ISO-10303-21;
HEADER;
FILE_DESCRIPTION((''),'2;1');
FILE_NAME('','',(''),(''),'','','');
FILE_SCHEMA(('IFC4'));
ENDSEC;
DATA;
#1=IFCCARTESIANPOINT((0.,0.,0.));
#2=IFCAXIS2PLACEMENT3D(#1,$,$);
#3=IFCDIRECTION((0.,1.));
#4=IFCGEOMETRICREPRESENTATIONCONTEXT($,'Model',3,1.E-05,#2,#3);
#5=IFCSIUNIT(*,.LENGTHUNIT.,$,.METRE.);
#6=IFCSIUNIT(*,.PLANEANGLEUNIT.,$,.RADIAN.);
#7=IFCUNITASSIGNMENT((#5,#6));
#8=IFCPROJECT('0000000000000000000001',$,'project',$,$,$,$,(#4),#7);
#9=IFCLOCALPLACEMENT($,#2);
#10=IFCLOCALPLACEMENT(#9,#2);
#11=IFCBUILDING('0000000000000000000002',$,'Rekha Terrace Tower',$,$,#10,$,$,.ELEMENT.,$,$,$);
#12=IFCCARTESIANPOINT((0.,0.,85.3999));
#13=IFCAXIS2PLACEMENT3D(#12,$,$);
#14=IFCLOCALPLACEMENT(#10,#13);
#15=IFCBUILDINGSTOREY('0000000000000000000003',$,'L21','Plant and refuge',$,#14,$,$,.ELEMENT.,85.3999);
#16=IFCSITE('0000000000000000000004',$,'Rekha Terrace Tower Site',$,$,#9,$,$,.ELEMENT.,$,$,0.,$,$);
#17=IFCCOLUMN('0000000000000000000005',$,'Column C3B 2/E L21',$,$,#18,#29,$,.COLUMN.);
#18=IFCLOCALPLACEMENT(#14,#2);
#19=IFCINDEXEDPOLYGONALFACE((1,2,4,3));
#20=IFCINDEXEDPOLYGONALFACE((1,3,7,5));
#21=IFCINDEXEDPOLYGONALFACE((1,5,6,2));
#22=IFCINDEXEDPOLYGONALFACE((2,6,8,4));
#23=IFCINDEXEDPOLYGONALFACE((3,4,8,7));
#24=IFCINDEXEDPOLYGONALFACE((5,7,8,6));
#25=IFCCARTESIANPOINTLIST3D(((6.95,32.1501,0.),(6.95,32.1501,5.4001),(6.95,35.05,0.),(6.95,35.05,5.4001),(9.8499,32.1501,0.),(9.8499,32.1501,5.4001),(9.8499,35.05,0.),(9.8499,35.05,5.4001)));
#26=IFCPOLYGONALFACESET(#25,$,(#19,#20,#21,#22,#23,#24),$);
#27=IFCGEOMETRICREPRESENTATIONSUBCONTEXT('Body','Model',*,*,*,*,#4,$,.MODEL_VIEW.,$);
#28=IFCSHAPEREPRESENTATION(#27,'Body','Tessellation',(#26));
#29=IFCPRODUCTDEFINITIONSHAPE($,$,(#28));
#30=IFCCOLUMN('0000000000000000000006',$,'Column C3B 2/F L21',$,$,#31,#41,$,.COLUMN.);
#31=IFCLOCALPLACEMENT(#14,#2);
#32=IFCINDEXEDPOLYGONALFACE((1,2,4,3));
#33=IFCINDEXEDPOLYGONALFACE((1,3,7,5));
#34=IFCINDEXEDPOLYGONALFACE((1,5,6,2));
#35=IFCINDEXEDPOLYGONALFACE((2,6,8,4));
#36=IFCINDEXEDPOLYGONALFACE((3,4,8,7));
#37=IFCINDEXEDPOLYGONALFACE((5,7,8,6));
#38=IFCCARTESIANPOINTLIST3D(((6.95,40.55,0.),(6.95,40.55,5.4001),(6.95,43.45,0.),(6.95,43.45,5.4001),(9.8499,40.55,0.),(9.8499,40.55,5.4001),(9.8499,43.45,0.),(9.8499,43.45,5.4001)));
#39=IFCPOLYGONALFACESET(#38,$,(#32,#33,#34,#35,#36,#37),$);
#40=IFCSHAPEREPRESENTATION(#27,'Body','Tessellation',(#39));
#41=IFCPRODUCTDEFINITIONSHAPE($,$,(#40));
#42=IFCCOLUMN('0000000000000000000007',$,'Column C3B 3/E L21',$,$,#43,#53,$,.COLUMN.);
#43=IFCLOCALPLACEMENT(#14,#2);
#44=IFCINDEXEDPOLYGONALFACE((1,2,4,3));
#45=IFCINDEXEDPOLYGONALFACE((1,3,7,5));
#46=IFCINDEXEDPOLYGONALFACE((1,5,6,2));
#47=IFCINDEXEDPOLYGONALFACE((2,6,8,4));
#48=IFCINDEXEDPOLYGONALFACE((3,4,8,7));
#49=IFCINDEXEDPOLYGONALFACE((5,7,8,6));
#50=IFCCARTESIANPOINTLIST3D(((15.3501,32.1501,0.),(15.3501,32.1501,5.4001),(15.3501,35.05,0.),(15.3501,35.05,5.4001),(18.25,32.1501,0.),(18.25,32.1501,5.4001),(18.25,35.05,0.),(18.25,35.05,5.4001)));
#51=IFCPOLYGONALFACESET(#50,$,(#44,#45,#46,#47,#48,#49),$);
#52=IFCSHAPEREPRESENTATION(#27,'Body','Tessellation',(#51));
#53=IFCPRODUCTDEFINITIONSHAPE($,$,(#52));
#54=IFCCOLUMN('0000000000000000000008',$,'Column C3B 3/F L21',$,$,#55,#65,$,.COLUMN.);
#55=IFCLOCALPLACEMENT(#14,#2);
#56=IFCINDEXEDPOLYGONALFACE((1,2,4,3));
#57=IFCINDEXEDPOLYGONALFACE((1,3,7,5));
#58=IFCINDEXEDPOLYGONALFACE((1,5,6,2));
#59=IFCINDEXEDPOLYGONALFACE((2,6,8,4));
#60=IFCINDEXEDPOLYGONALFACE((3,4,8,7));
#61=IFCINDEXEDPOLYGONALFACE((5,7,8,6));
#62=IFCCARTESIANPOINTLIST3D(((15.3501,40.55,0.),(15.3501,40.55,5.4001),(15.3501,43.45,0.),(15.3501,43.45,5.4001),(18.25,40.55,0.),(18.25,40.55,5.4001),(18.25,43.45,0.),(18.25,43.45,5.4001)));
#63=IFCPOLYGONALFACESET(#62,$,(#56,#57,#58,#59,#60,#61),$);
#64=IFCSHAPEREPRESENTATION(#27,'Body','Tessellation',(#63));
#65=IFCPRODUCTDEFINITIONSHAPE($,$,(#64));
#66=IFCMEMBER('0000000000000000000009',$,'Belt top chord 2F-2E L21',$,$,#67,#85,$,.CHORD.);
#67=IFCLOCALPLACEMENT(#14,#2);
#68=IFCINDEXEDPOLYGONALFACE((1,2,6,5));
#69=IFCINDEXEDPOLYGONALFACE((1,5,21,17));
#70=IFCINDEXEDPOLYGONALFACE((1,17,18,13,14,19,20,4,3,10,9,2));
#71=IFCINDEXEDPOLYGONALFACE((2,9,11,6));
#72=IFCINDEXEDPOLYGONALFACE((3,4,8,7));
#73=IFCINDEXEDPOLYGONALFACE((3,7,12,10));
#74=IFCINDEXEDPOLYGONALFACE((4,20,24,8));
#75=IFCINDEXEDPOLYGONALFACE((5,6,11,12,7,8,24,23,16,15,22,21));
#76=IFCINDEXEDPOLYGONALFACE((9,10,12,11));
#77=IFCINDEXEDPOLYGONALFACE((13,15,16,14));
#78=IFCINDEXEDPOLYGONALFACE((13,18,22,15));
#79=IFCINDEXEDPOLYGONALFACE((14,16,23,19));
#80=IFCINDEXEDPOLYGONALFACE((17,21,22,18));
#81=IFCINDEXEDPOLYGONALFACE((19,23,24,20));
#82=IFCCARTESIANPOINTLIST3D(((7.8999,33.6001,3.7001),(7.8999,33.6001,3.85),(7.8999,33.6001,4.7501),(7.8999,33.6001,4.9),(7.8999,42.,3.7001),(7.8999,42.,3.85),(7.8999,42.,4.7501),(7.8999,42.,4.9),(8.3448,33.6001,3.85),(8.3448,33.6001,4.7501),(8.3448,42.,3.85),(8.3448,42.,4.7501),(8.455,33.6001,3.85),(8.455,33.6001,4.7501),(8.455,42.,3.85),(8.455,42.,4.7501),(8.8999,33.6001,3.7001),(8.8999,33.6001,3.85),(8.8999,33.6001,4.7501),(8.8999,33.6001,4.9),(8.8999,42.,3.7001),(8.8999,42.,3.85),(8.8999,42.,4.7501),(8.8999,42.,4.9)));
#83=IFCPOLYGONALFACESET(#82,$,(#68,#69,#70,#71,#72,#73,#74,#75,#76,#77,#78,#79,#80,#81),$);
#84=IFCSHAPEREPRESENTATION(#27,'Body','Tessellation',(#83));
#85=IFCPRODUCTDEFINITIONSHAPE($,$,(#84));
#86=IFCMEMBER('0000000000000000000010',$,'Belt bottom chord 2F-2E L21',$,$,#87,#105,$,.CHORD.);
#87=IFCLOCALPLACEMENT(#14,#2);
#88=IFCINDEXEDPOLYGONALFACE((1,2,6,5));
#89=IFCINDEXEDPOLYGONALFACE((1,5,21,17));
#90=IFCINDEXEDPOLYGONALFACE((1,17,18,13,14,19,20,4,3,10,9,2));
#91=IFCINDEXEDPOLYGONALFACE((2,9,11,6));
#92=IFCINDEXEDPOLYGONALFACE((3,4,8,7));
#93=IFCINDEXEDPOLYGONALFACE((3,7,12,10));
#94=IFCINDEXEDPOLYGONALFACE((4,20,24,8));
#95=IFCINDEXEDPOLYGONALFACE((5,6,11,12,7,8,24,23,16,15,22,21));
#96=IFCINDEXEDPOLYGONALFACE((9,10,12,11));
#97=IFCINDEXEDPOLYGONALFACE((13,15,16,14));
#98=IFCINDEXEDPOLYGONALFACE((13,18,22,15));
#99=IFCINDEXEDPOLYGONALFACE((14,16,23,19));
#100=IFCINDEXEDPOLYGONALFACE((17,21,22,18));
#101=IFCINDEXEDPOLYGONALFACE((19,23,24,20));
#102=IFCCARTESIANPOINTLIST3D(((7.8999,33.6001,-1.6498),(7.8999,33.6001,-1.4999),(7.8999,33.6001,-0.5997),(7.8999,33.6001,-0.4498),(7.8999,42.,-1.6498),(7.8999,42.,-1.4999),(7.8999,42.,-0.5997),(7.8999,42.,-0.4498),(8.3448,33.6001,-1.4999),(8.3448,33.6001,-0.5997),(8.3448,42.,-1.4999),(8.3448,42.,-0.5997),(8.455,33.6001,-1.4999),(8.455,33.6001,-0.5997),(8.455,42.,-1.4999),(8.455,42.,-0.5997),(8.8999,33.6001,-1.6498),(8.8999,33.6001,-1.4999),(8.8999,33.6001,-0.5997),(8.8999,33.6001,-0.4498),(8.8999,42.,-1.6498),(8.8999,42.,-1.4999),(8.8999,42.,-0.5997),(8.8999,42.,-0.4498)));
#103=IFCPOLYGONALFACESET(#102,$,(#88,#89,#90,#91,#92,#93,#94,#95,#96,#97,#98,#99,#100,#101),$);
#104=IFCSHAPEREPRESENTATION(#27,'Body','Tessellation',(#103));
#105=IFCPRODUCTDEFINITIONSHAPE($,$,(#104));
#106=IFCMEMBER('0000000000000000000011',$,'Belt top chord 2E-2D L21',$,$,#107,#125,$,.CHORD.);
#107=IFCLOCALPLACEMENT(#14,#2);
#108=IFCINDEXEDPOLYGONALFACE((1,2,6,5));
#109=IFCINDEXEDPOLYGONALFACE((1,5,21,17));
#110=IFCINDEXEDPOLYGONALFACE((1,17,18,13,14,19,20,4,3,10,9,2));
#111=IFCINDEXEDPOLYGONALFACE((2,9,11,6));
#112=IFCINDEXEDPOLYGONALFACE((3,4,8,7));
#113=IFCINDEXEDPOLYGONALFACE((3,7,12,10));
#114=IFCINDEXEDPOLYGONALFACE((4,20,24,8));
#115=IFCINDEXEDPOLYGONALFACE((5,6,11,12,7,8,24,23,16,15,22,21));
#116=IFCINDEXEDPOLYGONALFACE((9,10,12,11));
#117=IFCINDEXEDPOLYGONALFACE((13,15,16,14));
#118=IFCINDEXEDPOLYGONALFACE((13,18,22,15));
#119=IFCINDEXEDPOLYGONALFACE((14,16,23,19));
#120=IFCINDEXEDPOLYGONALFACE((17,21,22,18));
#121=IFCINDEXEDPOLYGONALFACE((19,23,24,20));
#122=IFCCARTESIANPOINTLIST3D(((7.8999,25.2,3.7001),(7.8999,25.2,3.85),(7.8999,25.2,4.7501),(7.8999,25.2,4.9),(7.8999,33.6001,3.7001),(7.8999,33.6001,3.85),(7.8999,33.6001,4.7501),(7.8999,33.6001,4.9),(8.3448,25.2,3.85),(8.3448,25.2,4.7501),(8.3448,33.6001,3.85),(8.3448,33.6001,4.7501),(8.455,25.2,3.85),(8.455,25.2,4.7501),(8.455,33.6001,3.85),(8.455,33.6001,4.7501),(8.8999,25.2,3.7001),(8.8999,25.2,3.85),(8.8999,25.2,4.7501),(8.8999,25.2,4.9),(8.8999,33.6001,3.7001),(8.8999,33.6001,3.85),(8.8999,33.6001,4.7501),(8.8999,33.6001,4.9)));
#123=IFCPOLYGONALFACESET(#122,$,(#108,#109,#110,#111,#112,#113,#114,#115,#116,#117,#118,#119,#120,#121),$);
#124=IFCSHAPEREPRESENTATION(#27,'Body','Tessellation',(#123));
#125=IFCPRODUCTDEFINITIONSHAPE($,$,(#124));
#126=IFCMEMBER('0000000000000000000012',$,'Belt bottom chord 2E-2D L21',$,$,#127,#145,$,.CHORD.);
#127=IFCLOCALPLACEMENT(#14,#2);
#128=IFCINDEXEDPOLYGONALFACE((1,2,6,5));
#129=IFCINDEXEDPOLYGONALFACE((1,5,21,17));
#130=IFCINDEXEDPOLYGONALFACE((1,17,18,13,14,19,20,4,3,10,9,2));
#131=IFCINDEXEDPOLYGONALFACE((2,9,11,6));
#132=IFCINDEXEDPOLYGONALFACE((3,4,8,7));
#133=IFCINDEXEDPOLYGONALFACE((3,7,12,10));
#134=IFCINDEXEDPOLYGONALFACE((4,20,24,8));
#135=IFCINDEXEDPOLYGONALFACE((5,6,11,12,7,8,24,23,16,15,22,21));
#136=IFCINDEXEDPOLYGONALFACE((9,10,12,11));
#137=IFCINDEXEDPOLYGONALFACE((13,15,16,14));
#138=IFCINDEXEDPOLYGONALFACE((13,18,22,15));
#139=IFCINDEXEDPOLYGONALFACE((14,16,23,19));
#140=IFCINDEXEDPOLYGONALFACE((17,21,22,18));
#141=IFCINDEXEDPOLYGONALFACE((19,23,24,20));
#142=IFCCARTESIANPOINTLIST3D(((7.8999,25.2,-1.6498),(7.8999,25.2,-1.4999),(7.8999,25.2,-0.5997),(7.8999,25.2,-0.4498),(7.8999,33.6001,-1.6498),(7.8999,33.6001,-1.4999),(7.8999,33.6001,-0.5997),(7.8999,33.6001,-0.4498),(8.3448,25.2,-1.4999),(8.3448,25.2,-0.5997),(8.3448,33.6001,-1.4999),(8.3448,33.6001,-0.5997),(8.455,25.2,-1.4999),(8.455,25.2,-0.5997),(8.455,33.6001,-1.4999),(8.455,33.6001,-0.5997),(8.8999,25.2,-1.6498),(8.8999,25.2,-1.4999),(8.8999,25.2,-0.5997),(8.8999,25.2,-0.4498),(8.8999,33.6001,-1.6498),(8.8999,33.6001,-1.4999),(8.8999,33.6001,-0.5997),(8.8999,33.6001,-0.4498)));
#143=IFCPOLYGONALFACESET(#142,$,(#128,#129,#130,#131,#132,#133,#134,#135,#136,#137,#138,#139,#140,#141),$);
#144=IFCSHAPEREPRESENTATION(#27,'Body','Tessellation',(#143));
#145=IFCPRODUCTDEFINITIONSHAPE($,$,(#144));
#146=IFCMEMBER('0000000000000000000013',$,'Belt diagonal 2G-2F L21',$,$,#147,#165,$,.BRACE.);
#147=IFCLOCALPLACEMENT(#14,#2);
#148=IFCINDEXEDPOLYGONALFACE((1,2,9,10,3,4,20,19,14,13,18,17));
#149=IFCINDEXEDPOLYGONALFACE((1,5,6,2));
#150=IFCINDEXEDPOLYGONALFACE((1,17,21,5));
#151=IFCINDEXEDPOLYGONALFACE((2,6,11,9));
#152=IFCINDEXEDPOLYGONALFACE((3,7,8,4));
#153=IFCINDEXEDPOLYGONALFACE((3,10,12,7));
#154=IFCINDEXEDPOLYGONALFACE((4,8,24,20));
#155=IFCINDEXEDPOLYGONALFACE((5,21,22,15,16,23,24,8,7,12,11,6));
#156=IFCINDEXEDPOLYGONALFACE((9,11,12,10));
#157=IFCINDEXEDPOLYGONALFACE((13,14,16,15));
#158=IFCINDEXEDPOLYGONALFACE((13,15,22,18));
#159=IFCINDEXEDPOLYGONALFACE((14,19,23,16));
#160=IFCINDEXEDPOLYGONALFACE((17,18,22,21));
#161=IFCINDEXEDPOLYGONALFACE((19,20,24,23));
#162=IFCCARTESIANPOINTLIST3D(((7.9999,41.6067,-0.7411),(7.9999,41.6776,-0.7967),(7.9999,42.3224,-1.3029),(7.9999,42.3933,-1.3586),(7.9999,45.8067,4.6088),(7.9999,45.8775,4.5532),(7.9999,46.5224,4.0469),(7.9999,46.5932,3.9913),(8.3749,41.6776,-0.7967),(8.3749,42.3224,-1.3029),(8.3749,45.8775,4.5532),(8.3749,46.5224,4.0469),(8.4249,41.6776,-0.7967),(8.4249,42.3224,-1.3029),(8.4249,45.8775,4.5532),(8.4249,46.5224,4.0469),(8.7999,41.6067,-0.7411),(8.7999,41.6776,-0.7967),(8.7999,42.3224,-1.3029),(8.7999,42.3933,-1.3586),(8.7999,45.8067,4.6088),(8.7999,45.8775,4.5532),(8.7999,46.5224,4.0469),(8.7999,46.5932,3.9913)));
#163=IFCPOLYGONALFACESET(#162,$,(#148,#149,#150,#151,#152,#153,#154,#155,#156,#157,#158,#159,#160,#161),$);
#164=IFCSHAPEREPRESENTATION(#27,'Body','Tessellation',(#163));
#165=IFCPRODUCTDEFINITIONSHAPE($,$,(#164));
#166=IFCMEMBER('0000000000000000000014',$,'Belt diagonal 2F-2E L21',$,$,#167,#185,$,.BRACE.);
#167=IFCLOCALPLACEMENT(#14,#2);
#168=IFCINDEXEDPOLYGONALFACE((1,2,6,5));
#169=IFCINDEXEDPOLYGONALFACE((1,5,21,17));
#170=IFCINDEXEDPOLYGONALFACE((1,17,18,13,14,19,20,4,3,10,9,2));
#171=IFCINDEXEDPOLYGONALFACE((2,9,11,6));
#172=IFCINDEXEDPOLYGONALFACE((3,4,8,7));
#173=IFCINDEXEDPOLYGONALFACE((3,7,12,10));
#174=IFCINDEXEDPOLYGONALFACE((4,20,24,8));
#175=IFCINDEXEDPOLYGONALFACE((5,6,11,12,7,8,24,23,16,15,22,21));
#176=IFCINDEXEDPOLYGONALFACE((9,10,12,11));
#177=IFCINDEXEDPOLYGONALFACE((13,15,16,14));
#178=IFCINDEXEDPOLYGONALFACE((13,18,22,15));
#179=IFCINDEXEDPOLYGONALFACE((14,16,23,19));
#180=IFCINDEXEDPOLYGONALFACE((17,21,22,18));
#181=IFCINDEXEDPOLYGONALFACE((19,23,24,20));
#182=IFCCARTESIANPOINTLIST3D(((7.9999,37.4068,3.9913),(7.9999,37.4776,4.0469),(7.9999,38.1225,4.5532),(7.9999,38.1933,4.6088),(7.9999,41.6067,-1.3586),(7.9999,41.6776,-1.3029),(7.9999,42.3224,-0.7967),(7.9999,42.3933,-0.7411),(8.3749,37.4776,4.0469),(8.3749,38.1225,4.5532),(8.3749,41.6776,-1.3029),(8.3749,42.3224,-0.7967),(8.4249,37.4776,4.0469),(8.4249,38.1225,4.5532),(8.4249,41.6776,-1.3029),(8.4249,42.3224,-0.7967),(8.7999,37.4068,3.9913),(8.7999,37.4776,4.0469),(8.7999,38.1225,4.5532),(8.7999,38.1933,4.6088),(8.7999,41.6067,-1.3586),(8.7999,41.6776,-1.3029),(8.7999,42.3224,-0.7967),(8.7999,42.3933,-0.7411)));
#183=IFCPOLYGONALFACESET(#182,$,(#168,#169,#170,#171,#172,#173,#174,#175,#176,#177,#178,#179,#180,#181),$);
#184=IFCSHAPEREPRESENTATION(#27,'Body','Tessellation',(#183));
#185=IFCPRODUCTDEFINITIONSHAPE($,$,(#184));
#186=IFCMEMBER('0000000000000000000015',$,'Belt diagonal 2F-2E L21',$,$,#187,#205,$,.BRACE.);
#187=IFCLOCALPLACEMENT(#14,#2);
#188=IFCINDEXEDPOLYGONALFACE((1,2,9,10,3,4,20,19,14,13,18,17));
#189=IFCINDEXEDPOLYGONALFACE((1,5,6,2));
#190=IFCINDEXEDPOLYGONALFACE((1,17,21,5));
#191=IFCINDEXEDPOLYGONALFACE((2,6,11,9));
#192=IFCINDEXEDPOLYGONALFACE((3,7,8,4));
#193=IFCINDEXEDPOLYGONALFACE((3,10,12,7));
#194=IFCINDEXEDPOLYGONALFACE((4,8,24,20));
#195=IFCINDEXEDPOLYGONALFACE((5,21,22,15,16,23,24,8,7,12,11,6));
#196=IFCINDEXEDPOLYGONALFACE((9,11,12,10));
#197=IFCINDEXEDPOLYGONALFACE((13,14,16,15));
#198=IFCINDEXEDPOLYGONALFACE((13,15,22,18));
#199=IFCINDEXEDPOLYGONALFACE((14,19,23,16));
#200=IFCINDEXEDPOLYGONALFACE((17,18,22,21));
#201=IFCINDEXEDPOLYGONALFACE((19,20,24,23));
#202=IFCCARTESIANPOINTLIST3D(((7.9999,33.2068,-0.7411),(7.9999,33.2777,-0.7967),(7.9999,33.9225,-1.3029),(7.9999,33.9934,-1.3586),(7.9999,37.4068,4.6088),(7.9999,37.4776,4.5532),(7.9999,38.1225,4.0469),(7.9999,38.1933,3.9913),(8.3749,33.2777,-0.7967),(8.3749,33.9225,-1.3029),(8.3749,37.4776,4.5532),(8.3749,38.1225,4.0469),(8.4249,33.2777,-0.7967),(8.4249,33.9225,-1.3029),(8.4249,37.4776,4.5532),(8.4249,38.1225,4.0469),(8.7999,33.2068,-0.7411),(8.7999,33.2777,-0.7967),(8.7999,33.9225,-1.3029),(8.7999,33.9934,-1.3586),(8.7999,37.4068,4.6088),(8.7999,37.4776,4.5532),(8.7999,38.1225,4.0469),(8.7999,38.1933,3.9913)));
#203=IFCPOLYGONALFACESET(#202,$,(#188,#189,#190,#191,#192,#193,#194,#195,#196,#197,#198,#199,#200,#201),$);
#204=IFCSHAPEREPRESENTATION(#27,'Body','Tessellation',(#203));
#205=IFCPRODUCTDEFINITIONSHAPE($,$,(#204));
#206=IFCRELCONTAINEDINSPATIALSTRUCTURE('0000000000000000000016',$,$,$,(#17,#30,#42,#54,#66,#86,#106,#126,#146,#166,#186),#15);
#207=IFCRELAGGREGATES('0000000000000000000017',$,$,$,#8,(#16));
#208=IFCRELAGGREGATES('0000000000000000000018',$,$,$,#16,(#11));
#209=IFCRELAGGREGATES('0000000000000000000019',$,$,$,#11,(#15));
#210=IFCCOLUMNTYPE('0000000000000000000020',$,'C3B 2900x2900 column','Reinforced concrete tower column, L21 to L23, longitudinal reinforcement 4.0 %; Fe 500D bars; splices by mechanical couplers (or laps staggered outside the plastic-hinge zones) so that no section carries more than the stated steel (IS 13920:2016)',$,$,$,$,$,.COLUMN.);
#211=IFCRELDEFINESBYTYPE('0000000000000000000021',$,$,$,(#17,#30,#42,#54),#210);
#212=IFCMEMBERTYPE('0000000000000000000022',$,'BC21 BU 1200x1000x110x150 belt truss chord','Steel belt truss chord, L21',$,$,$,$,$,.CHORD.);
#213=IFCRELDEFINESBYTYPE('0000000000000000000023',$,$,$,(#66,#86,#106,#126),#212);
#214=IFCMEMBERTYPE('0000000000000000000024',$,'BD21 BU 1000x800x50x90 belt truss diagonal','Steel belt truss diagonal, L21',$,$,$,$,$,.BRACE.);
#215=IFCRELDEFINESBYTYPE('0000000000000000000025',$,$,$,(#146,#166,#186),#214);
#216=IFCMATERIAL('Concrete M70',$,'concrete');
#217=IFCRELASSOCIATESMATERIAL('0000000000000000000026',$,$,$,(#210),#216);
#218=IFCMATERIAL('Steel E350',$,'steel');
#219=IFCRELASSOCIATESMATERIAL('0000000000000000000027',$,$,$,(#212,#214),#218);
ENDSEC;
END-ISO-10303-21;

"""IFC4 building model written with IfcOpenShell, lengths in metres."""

from ifc_helpers import new_model, si_unit, direction, frame, origin, origin_2d, place, context, subcontext, project, spatial, rectangle, i_section, extrude, material, material_profile, profile_set, type_object, element, save


model = new_model("IFC4")

# Units and contexts
model_context = context("Model", 3, precision=1e-05, world=origin(), true_north=direction((0.0, 1.0)))
body_context = subcontext(model_context, "Body", "Model", "MODEL_VIEW")
ifc_project = project(units=[si_unit("LENGTHUNIT", "METRE"), si_unit("PLANEANGLEUNIT", "RADIAN")], contexts=[model_context])

# Site, building, storey
site_placement = place(None, origin())
site = spatial("IfcSite", under=ifc_project, at=site_placement, Name="Rekha Terrace Tower Site", CompositionType="ELEMENT", RefElevation=0.0)
building_placement = place(site_placement, origin())
building = spatial("IfcBuilding", under=site, at=building_placement, Name="Rekha Terrace Tower", CompositionType="ELEMENT")
storey_placement = place(building_placement, frame((0.0, 0.0, 85.3999)))
storey = spatial("IfcBuildingStorey", under=building, at=storey_placement, Name="L21", Description="Plant and refuge", CompositionType="ELEMENT", Elevation=85.3999)

# Columns
ifc_material_1 = material(Name="Concrete M70", Category="concrete")
ifc_material_profile_1 = material_profile(ifc_material_1, rectangle(XDim=2.8999, YDim=2.8999, at=origin_2d()), Name="RC 2900x2900")
ifc_profile_set_1 = profile_set([ifc_material_profile_1], Name="Concrete M70")
column_type = type_object("IfcColumnType", Name="C3B 2900x2900 column", Description="Reinforced concrete tower column, L21 to L23, longitudinal reinforcement 4.0 %; Fe 500D bars; splices by mechanical couplers (or laps staggered outside the plastic-hinge zones) so that no section carries more than the stated steel (IS 13920:2016)", PredefinedType="COLUMN", material=ifc_profile_set_1)
for number, where, z_axis, x_axis, name in (
    (1, (8.3999, 33.6001, 0.0), (0.0, 0.0, 1.0), (1.0, 0.0, 0.0), "Column C3B 2/E L21"),
    (2, (8.3999, 42.0, 0.0), (0.0, 0.0, 1.0), (1.0, 0.0, 0.0), "Column C3B 2/F L21"),
    (3, (16.8, 33.6001, 0.0), (0.0, 0.0, 1.0), (1.0, 0.0, 0.0), "Column C3B 3/E L21"),
    (4, (16.8, 42.0, 0.0), (0.0, 0.0, 1.0), (1.0, 0.0, 0.0), "Column C3B 3/F L21"),
):
    element("IfcColumn", number, at=place(storey_placement, frame(where, z_axis=z_axis, x_axis=x_axis)), inside=storey, type_object=column_type, Name=name, PredefinedType="COLUMN", context=body_context, shape_type="SweptSolid", body=[
        extrude(rectangle(XDim=2.8999, YDim=2.8999, at=origin_2d()), origin(), (0.0, 0.0, 1.0), 5.4001),
    ])

# Members
ifc_material_2 = material(Name="Steel E350", Category="steel")
ifc_material_profile_2 = material_profile(ifc_material_2, i_section(OverallWidth=1.0, OverallDepth=1.2, WebThickness=0.1101, FlangeThickness=0.1499, at=origin_2d()), Name="BU 1200x1000x110x150")
ifc_profile_set_2 = profile_set([ifc_material_profile_2], Name="Steel E350")
member_type_1 = type_object("IfcMemberType", Name="BC21 BU 1200x1000x110x150 belt truss chord", Description="Steel belt truss chord, L21", PredefinedType="CHORD", material=ifc_profile_set_2)
for number, where, z_axis, x_axis, name in (
    (5, (8.3999, 42.0, 4.3), (0.0, -1.0, 0.0), (1.0, 0.0, 0.0), "Belt top chord 2F-2E L21"),
    (6, (8.3999, 42.0, -1.0498), (0.0, -1.0, 0.0), (1.0, 0.0, 0.0), "Belt bottom chord 2F-2E L21"),
):
    element("IfcMember", number, at=place(storey_placement, frame(where, z_axis=z_axis, x_axis=x_axis)), inside=storey, type_object=member_type_1, Name=name, PredefinedType="CHORD", context=body_context, shape_type="SweptSolid", body=[
        extrude(i_section(OverallWidth=1.0, OverallDepth=1.2, WebThickness=0.1101, FlangeThickness=0.1499, at=origin_2d()), origin(), (0.0, 0.0, 1.0), 8.3999),
    ])
for number, where, z_axis, x_axis, name in (
    (7, (8.3999, 33.6001, 4.3), (0.0, -1.0, 0.0), (1.0, 0.0, 0.0), "Belt top chord 2E-2D L21"),
    (8, (8.3999, 33.6001, -1.0498), (0.0, -1.0, 0.0), (1.0, 0.0, 0.0), "Belt bottom chord 2E-2D L21"),
):
    element("IfcMember", number, at=place(storey_placement, frame(where, z_axis=z_axis, x_axis=x_axis)), inside=storey, type_object=member_type_1, Name=name, PredefinedType="CHORD", context=body_context, shape_type="SweptSolid", body=[
        extrude(i_section(OverallWidth=1.0, OverallDepth=1.2, WebThickness=0.1101, FlangeThickness=0.1499, at=origin_2d()), origin(), (0.0, 0.0, 1.0), 8.4001),
    ])
ifc_material_profile_3 = material_profile(ifc_material_2, i_section(OverallWidth=0.8, OverallDepth=1.0, WebThickness=0.05, FlangeThickness=0.0901, at=origin_2d()), Name="BU 1000x800x50x90")
ifc_profile_set_3 = profile_set([ifc_material_profile_3], Name="Steel E350")
member_type_2 = type_object("IfcMemberType", Name="BD21 BU 1000x800x50x90 belt truss diagonal", Description="Steel belt truss diagonal, L21", PredefinedType="BRACE", material=ifc_profile_set_3)
for number, where, z_axis, x_axis, name in (
    (9, (8.3999, 42.0, -1.0498), (0.0, 0.617503, 0.786569), (-1.0, 0.0, 0.0), "Belt diagonal 2G-2F L21"),
    (10, (8.3999, 42.0, -1.0498), (0.0, -0.617503, 0.786569), (1.0, 0.0, 0.0), "Belt diagonal 2F-2E L21"),
    (11, (8.3999, 33.6001, -1.0498), (0.0, 0.617503, 0.786569), (-1.0, 0.0, 0.0), "Belt diagonal 2F-2E L21"),
):
    element("IfcMember", number, at=place(storey_placement, frame(where, z_axis=z_axis, x_axis=x_axis)), inside=storey, type_object=member_type_2, Name=name, PredefinedType="BRACE", context=body_context, shape_type="SweptSolid", body=[
        extrude(i_section(OverallWidth=0.8, OverallDepth=1.0, WebThickness=0.05, FlangeThickness=0.0901, at=origin_2d()), origin(), (0.0, 0.0, 1.0), 6.8015),
    ])

save(model, "model.ifc")
